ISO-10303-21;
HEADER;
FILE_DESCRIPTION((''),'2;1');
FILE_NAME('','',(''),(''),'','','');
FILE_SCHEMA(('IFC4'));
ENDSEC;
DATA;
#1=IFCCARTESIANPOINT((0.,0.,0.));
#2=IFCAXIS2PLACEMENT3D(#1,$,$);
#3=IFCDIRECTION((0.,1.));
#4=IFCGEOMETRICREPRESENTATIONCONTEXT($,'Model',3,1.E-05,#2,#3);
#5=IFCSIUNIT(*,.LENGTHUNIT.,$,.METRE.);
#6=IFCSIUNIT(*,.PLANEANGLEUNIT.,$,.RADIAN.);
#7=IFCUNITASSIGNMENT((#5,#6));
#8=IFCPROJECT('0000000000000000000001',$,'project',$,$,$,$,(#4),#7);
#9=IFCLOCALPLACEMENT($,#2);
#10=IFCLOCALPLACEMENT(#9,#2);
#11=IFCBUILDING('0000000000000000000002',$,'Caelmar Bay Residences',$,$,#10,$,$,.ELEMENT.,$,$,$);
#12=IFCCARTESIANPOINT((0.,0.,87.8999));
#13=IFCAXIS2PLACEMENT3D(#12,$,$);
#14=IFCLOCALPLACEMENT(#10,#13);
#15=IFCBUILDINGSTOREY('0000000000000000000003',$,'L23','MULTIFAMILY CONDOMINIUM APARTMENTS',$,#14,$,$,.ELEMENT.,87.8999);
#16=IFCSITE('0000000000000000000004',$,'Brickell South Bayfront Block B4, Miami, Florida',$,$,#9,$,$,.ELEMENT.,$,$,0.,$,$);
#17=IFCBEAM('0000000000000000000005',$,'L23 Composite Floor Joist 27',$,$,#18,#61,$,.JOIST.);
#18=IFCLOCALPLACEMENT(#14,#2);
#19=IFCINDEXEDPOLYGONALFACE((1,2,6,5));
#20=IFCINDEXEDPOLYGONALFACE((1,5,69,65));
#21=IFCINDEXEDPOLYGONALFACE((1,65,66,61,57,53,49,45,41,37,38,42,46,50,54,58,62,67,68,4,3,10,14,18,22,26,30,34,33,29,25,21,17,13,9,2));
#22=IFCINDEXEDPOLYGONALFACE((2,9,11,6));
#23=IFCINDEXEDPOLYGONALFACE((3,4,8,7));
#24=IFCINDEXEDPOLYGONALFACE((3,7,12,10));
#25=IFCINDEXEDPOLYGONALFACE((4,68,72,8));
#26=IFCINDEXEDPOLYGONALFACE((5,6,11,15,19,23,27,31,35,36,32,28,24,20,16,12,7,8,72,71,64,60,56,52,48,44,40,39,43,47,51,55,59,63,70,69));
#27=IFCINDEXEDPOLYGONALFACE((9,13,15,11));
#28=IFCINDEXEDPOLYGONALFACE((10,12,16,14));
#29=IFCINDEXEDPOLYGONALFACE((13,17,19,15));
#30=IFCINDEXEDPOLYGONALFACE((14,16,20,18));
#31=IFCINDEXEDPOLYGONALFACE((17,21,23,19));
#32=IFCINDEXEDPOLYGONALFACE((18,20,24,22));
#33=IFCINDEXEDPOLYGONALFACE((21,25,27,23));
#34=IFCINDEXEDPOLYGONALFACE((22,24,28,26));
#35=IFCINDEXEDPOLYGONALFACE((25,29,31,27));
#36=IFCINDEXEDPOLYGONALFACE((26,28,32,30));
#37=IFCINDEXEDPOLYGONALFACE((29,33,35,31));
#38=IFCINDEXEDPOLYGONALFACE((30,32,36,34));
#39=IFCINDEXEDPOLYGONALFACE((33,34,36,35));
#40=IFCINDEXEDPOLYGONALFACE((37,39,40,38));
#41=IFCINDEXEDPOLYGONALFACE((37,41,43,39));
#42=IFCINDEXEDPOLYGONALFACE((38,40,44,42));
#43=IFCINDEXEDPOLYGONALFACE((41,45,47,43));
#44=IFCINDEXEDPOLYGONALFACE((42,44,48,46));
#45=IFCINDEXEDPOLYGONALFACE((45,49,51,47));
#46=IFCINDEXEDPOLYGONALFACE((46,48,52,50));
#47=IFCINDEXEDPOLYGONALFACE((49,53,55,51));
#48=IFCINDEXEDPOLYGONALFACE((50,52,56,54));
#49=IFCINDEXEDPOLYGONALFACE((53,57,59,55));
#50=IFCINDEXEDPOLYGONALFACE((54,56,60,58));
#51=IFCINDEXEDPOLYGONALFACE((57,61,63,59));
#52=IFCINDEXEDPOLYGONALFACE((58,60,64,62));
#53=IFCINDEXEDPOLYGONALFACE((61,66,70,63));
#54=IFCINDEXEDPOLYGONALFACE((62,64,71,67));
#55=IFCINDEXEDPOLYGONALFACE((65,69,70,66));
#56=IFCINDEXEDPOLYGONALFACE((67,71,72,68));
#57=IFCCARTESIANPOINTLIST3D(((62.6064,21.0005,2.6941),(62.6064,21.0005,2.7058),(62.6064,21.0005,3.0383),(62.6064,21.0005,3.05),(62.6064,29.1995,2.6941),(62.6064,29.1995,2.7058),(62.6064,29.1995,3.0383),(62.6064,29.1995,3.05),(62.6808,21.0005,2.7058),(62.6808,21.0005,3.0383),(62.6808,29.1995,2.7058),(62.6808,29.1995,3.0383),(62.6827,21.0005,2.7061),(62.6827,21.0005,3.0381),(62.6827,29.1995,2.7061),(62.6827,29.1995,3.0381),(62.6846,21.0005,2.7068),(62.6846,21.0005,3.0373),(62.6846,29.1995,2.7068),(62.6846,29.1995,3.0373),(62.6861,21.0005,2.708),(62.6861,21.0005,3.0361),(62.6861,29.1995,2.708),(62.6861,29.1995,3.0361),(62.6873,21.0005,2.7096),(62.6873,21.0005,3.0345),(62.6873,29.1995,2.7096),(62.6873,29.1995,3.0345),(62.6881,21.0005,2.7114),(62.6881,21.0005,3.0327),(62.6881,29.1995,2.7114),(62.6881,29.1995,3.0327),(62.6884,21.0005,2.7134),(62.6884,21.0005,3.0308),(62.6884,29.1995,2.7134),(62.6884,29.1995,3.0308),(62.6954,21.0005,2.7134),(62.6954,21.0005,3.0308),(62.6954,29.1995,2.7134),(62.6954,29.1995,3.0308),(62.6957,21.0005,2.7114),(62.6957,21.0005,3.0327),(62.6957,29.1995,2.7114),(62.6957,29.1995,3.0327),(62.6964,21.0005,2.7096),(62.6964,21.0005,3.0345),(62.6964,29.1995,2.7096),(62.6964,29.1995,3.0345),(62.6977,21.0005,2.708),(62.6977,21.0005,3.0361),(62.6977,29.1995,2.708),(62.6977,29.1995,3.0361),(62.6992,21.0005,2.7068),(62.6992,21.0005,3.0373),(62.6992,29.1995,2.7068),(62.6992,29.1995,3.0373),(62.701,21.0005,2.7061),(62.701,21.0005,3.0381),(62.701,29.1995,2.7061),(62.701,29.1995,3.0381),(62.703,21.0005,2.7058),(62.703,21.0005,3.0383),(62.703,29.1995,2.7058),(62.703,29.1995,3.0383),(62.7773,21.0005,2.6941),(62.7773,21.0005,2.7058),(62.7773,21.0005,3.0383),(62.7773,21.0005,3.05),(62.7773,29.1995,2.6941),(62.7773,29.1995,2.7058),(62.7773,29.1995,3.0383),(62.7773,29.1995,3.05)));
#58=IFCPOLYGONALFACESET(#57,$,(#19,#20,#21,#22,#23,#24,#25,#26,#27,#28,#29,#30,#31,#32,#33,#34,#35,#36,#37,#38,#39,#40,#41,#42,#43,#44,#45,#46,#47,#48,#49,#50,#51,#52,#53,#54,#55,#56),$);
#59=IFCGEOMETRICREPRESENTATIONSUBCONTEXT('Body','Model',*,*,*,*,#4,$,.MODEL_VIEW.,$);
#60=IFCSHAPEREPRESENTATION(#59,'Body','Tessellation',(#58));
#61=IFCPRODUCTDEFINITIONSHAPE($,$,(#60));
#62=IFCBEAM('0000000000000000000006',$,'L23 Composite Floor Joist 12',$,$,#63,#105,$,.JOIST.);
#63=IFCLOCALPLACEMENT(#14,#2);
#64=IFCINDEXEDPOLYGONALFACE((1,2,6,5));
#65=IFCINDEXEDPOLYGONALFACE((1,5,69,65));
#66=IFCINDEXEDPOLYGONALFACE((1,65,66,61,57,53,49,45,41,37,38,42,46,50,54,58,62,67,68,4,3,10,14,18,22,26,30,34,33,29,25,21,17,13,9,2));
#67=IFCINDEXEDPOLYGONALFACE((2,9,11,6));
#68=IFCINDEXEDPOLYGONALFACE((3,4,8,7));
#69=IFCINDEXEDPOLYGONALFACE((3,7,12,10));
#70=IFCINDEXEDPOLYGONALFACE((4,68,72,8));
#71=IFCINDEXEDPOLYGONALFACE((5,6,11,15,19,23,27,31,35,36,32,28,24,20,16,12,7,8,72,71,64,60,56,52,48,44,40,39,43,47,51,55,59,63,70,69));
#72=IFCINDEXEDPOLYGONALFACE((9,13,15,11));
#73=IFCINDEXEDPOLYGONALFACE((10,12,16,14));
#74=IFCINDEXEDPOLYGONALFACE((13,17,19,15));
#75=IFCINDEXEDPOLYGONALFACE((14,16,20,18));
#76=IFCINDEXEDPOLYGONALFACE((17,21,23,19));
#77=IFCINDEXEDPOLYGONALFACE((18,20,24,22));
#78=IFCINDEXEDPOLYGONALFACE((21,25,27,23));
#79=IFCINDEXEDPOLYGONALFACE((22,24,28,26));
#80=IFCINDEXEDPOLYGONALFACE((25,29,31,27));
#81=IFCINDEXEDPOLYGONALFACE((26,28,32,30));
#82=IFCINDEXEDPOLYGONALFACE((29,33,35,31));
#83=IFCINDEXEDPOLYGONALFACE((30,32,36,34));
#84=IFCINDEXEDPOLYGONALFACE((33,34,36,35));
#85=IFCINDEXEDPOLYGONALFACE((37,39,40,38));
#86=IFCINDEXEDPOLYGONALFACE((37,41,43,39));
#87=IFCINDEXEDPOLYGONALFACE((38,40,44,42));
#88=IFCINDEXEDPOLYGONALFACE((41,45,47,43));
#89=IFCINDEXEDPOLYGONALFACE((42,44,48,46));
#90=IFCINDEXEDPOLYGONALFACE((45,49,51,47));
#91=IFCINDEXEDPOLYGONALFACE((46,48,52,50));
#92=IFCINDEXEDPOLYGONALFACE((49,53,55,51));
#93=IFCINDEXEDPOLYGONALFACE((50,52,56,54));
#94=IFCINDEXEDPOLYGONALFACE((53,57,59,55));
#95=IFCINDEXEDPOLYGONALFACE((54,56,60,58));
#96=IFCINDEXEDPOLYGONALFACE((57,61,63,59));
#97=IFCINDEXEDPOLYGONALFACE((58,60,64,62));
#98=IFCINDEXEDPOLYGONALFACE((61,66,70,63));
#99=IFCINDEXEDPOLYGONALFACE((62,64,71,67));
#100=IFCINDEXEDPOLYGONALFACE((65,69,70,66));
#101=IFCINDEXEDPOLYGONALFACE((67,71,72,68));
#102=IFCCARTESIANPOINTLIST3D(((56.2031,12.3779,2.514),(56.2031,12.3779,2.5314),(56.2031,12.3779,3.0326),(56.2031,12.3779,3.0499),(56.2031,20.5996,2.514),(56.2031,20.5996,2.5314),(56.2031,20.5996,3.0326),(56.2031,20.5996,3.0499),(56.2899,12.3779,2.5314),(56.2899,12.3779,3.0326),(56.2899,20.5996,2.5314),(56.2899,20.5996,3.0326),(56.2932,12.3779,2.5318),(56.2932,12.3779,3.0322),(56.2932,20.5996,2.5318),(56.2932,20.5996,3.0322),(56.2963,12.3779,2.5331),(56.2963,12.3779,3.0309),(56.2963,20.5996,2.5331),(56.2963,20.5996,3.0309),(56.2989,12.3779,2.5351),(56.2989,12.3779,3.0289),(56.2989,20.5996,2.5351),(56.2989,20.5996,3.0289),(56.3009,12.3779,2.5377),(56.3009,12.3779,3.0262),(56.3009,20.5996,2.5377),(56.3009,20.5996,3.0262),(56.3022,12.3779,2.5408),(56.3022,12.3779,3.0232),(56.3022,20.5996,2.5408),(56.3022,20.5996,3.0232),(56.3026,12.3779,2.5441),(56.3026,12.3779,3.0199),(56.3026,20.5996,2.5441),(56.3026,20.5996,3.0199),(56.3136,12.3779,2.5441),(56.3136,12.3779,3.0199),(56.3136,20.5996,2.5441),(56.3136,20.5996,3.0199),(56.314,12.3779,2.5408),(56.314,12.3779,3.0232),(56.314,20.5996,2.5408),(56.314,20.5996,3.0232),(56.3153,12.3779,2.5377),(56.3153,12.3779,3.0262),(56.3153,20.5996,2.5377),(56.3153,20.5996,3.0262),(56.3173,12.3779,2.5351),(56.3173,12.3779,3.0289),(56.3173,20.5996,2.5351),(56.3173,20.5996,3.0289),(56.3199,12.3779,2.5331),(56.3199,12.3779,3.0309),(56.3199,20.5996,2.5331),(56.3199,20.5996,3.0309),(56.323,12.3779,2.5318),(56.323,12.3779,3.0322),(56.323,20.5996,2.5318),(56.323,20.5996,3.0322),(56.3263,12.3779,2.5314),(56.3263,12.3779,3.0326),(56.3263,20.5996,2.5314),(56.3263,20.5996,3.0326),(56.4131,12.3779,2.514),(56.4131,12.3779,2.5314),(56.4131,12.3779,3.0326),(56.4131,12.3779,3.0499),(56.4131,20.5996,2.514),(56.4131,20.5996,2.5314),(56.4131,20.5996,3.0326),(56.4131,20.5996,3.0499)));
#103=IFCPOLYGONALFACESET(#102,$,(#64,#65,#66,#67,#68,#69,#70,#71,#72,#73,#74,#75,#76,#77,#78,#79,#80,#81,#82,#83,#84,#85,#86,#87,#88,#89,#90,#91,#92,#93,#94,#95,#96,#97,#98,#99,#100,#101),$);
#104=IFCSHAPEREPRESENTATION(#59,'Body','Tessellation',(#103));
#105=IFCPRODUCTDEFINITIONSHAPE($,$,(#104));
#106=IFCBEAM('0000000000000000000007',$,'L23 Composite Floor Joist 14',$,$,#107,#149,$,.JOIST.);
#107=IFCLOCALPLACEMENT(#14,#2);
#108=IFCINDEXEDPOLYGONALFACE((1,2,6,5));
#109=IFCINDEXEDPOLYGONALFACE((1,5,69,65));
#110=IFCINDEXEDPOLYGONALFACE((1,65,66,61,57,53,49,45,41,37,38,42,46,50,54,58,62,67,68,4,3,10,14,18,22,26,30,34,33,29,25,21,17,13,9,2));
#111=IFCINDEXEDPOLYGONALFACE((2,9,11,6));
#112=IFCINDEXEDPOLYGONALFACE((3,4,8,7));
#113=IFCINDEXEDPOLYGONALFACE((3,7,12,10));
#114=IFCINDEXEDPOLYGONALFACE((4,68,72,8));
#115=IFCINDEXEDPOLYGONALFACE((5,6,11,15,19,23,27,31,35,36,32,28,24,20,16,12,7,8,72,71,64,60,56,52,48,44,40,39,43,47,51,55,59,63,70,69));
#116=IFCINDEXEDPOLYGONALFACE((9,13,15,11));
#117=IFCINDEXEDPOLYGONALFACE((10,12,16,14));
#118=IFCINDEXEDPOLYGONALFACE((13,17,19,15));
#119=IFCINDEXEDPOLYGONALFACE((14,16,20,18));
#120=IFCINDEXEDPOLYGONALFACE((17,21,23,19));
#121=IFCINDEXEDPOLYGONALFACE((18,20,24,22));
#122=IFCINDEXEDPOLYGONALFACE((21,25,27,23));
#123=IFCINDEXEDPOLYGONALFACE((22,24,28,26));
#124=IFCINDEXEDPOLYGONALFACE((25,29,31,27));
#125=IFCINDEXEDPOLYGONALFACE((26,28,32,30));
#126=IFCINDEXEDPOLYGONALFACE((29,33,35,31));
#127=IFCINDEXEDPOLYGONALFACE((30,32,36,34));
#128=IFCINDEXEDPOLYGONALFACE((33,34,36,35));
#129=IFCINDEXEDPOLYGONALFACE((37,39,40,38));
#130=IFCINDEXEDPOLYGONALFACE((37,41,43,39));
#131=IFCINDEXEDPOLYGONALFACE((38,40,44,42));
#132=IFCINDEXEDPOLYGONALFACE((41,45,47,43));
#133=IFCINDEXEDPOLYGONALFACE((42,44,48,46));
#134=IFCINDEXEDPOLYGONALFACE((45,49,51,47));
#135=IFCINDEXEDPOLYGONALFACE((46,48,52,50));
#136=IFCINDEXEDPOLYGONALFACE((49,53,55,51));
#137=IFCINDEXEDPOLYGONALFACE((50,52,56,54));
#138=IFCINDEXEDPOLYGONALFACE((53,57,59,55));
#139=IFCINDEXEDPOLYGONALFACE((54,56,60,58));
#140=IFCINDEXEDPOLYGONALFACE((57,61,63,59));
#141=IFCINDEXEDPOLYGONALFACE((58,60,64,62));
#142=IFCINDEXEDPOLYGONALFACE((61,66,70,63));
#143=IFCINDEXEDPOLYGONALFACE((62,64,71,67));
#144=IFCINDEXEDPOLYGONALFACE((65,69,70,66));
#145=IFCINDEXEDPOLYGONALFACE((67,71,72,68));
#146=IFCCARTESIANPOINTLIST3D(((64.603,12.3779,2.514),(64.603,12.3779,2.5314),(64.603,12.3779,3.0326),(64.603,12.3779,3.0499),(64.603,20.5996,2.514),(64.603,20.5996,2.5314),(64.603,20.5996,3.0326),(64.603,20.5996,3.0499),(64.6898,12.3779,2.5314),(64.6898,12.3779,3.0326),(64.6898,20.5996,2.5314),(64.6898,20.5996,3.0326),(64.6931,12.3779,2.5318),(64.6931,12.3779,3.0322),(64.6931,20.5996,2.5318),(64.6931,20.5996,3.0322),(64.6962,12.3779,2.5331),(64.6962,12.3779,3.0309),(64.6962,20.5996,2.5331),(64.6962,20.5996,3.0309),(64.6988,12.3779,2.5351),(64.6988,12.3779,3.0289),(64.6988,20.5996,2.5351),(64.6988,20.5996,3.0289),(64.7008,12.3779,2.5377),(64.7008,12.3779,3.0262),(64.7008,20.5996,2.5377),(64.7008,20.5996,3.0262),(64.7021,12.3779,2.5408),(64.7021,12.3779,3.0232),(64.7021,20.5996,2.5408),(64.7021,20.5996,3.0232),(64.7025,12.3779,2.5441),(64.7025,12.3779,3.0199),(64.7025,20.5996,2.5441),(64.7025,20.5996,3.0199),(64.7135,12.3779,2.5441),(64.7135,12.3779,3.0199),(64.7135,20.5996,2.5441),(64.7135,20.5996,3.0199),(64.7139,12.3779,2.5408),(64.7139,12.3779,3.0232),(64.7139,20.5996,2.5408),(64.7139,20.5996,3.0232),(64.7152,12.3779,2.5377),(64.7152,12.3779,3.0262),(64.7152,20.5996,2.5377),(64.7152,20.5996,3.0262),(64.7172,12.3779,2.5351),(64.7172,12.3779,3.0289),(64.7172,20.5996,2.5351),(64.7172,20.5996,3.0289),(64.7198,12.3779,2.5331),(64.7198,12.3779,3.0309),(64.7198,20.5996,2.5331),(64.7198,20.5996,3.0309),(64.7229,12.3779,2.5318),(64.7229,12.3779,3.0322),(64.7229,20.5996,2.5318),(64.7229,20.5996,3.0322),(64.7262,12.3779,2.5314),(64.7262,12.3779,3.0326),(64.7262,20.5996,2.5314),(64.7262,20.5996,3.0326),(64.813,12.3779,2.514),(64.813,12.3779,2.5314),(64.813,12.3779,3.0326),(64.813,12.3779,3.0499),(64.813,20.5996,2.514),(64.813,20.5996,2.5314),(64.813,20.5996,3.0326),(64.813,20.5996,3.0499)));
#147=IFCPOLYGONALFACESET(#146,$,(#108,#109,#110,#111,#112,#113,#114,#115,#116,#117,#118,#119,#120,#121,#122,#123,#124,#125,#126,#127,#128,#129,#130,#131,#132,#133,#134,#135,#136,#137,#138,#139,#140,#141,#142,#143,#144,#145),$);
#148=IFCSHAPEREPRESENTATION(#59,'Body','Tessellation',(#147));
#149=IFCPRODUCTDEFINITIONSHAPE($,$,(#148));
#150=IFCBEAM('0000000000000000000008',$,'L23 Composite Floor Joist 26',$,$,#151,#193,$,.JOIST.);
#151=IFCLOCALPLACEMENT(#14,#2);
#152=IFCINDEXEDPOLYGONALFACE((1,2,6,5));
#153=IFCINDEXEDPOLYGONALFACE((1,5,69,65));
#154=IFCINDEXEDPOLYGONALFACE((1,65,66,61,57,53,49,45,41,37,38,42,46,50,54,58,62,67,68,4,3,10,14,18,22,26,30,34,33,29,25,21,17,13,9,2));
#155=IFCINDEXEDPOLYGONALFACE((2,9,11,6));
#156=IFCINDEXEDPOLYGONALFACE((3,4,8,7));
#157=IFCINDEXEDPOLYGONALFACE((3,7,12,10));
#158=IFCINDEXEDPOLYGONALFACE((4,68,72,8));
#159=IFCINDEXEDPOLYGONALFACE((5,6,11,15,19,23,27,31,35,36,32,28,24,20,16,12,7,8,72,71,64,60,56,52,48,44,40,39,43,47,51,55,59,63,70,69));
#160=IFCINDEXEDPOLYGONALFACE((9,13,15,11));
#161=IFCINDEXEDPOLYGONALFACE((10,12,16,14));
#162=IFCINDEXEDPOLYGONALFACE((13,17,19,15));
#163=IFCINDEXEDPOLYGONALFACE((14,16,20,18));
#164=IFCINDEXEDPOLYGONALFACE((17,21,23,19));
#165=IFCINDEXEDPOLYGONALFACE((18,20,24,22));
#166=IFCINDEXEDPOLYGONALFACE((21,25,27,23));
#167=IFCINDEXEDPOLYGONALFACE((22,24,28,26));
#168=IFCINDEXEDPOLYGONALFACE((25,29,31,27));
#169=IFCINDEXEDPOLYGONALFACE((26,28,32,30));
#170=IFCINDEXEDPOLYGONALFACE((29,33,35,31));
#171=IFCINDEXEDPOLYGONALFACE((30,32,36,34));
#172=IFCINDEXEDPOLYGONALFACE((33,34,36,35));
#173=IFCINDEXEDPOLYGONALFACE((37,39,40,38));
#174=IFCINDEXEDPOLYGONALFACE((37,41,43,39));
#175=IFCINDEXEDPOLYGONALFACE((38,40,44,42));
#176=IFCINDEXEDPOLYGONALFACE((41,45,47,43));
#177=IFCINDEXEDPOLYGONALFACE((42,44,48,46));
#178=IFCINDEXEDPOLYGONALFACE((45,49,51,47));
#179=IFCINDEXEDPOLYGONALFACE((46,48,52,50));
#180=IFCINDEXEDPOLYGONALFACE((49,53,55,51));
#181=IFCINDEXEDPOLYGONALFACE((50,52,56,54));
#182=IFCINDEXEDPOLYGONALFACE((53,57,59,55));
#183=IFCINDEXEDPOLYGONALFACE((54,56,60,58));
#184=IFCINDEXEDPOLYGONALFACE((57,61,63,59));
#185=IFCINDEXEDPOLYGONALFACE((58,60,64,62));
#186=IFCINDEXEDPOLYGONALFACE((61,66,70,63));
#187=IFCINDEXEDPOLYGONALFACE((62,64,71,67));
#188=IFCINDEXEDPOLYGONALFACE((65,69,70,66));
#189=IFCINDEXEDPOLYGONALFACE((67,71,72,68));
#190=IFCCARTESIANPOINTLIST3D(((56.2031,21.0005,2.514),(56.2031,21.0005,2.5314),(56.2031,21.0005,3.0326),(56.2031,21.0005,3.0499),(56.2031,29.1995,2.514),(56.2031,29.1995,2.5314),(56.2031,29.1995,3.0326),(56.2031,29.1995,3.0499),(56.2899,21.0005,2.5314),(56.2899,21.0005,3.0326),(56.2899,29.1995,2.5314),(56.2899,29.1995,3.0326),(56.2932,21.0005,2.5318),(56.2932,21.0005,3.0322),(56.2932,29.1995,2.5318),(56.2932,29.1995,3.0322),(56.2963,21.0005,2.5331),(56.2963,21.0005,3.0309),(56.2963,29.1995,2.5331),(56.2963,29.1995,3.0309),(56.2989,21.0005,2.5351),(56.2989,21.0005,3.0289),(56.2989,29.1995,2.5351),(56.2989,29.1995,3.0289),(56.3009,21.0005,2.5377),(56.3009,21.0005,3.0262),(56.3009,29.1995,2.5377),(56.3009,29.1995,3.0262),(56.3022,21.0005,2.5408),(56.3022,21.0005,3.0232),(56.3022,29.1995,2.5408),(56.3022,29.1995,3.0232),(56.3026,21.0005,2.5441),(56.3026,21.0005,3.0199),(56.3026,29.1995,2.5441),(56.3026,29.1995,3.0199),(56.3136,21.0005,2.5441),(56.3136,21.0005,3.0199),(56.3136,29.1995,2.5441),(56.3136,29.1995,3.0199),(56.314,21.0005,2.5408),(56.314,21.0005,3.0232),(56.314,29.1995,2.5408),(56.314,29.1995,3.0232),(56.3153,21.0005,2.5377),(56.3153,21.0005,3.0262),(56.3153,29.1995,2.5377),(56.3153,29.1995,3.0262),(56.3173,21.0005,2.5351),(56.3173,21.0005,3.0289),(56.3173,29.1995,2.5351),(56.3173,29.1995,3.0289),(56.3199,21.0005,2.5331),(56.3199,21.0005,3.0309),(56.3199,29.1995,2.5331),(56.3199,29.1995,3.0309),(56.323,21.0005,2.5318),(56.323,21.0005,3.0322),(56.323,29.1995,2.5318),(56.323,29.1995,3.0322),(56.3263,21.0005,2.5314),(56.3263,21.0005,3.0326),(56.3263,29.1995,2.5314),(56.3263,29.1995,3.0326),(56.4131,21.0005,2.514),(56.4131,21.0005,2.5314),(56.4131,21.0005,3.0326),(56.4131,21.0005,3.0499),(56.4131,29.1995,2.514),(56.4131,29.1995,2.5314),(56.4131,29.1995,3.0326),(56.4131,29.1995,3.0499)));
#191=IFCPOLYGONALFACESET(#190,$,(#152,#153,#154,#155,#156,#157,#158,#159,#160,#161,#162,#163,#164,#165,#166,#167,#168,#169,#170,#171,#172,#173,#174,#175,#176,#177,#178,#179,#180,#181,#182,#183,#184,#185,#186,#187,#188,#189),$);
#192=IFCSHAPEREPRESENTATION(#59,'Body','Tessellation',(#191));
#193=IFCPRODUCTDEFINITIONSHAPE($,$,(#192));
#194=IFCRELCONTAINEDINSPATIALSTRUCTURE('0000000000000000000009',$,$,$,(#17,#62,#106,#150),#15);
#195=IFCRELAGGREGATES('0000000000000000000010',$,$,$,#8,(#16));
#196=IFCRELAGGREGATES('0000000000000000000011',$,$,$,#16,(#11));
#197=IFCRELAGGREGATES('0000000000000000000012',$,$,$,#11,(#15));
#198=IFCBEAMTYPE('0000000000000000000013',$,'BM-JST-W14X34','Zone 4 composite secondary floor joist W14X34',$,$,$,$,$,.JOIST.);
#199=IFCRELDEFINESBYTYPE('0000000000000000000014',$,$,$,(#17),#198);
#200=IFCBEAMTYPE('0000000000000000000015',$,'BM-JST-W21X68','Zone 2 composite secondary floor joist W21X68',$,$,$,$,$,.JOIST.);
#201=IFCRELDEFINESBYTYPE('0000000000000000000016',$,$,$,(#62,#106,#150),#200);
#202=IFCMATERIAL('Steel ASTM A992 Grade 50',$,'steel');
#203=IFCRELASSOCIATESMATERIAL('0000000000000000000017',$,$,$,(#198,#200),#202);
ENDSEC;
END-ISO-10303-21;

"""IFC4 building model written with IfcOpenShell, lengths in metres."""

from ifc_helpers import new_model, si_unit, direction, frame, origin, origin_2d, place, context, subcontext, project, spatial, i_section, extrude, material, material_profile, profile_set, type_object, element, save


model = new_model("IFC4")

# Units and contexts
model_context = context("Model", 3, precision=1e-05, world=origin(), true_north=direction((0.0, 1.0)))
body_context = subcontext(model_context, "Body", "Model", "MODEL_VIEW")
ifc_project = project(units=[si_unit("LENGTHUNIT", "METRE"), si_unit("PLANEANGLEUNIT", "RADIAN")], contexts=[model_context])

# Site, building, storey
site_placement = place(None, origin())
site = spatial("IfcSite", under=ifc_project, at=site_placement, Name="Brickell South Bayfront Block B4, Miami, Florida", CompositionType="ELEMENT", RefElevation=0.0)
building_placement = place(site_placement, origin())
building = spatial("IfcBuilding", under=site, at=building_placement, Name="Caelmar Bay Residences", CompositionType="ELEMENT")
storey_placement = place(building_placement, frame((0.0, 0.0, 87.8999)))
storey = spatial("IfcBuildingStorey", under=building, at=storey_placement, Name="L23", Description="MULTIFAMILY CONDOMINIUM APARTMENTS", CompositionType="ELEMENT", Elevation=87.8999)

# Beams
ifc_material_1 = material(Name="Steel ASTM A992 Grade 50", Category="steel")
ifc_material_profile_1 = material_profile(ifc_material_1, i_section(OverallWidth=0.1709, OverallDepth=0.356, WebThickness=0.0071, FlangeThickness=0.0117, FilletRadius=0.0076, at=origin_2d()), Name="W14X34")
ifc_profile_set_1 = profile_set([ifc_material_profile_1], Name="Steel ASTM A992 Grade 50")
beam_type_1 = type_object("IfcBeamType", Name="BM-JST-W14X34", Description="Zone 4 composite secondary floor joist W14X34", PredefinedType="JOIST", material=ifc_profile_set_1)
for number, where, z_axis, x_axis, name in (
    (1, (62.6919, 21.0005, 2.8721), (0.0, 1.0, 0.0), (-1.0, 0.0, 0.0), "L23 Composite Floor Joist 27"),
):
    element("IfcBeam", number, at=place(storey_placement, frame(where, z_axis=z_axis, x_axis=x_axis)), inside=storey, type_object=beam_type_1, Name=name, PredefinedType="JOIST", context=body_context, shape_type="SweptSolid", body=[
        extrude(i_section(OverallWidth=0.1709, OverallDepth=0.356, WebThickness=0.0071, FlangeThickness=0.0117, FilletRadius=0.0076, at=origin_2d()), origin(), (0.0, 0.0, 1.0), 8.199),
    ])
ifc_material_profile_2 = material_profile(ifc_material_1, i_section(OverallWidth=0.21, OverallDepth=0.5359, WebThickness=0.011, FlangeThickness=0.0173, FilletRadius=0.0127, at=origin_2d()), Name="W21X68")
ifc_profile_set_2 = profile_set([ifc_material_profile_2], Name="Steel ASTM A992 Grade 50")
beam_type_2 = type_object("IfcBeamType", Name="BM-JST-W21X68", Description="Zone 2 composite secondary floor joist W21X68", PredefinedType="JOIST", material=ifc_profile_set_2)
for number, where, z_axis, x_axis, name in (
    (2, (56.3081, 12.3779, 2.782), (0.0, 1.0, 0.0), (-1.0, 0.0, 0.0), "L23 Composite Floor Joist 12"),
    (3, (64.708, 12.3779, 2.782), (0.0, 1.0, 0.0), (-1.0, 0.0, 0.0), "L23 Composite Floor Joist 14"),
):
    element("IfcBeam", number, at=place(storey_placement, frame(where, z_axis=z_axis, x_axis=x_axis)), inside=storey, type_object=beam_type_2, Name=name, PredefinedType="JOIST", context=body_context, shape_type="SweptSolid", body=[
        extrude(i_section(OverallWidth=0.21, OverallDepth=0.5359, WebThickness=0.011, FlangeThickness=0.0173, FilletRadius=0.0127, at=origin_2d()), origin(), (0.0, 0.0, 1.0), 8.2217),
    ])
for number, where, z_axis, x_axis, name in (
    (4, (56.3081, 21.0005, 2.782), (0.0, 1.0, 0.0), (-1.0, 0.0, 0.0), "L23 Composite Floor Joist 26"),
):
    element("IfcBeam", number, at=place(storey_placement, frame(where, z_axis=z_axis, x_axis=x_axis)), inside=storey, type_object=beam_type_2, Name=name, PredefinedType="JOIST", context=body_context, shape_type="SweptSolid", body=[
        extrude(i_section(OverallWidth=0.21, OverallDepth=0.5359, WebThickness=0.011, FlangeThickness=0.0173, FilletRadius=0.0127, at=origin_2d()), origin(), (0.0, 0.0, 1.0), 8.199),
    ])

save(model, "model.ifc")
